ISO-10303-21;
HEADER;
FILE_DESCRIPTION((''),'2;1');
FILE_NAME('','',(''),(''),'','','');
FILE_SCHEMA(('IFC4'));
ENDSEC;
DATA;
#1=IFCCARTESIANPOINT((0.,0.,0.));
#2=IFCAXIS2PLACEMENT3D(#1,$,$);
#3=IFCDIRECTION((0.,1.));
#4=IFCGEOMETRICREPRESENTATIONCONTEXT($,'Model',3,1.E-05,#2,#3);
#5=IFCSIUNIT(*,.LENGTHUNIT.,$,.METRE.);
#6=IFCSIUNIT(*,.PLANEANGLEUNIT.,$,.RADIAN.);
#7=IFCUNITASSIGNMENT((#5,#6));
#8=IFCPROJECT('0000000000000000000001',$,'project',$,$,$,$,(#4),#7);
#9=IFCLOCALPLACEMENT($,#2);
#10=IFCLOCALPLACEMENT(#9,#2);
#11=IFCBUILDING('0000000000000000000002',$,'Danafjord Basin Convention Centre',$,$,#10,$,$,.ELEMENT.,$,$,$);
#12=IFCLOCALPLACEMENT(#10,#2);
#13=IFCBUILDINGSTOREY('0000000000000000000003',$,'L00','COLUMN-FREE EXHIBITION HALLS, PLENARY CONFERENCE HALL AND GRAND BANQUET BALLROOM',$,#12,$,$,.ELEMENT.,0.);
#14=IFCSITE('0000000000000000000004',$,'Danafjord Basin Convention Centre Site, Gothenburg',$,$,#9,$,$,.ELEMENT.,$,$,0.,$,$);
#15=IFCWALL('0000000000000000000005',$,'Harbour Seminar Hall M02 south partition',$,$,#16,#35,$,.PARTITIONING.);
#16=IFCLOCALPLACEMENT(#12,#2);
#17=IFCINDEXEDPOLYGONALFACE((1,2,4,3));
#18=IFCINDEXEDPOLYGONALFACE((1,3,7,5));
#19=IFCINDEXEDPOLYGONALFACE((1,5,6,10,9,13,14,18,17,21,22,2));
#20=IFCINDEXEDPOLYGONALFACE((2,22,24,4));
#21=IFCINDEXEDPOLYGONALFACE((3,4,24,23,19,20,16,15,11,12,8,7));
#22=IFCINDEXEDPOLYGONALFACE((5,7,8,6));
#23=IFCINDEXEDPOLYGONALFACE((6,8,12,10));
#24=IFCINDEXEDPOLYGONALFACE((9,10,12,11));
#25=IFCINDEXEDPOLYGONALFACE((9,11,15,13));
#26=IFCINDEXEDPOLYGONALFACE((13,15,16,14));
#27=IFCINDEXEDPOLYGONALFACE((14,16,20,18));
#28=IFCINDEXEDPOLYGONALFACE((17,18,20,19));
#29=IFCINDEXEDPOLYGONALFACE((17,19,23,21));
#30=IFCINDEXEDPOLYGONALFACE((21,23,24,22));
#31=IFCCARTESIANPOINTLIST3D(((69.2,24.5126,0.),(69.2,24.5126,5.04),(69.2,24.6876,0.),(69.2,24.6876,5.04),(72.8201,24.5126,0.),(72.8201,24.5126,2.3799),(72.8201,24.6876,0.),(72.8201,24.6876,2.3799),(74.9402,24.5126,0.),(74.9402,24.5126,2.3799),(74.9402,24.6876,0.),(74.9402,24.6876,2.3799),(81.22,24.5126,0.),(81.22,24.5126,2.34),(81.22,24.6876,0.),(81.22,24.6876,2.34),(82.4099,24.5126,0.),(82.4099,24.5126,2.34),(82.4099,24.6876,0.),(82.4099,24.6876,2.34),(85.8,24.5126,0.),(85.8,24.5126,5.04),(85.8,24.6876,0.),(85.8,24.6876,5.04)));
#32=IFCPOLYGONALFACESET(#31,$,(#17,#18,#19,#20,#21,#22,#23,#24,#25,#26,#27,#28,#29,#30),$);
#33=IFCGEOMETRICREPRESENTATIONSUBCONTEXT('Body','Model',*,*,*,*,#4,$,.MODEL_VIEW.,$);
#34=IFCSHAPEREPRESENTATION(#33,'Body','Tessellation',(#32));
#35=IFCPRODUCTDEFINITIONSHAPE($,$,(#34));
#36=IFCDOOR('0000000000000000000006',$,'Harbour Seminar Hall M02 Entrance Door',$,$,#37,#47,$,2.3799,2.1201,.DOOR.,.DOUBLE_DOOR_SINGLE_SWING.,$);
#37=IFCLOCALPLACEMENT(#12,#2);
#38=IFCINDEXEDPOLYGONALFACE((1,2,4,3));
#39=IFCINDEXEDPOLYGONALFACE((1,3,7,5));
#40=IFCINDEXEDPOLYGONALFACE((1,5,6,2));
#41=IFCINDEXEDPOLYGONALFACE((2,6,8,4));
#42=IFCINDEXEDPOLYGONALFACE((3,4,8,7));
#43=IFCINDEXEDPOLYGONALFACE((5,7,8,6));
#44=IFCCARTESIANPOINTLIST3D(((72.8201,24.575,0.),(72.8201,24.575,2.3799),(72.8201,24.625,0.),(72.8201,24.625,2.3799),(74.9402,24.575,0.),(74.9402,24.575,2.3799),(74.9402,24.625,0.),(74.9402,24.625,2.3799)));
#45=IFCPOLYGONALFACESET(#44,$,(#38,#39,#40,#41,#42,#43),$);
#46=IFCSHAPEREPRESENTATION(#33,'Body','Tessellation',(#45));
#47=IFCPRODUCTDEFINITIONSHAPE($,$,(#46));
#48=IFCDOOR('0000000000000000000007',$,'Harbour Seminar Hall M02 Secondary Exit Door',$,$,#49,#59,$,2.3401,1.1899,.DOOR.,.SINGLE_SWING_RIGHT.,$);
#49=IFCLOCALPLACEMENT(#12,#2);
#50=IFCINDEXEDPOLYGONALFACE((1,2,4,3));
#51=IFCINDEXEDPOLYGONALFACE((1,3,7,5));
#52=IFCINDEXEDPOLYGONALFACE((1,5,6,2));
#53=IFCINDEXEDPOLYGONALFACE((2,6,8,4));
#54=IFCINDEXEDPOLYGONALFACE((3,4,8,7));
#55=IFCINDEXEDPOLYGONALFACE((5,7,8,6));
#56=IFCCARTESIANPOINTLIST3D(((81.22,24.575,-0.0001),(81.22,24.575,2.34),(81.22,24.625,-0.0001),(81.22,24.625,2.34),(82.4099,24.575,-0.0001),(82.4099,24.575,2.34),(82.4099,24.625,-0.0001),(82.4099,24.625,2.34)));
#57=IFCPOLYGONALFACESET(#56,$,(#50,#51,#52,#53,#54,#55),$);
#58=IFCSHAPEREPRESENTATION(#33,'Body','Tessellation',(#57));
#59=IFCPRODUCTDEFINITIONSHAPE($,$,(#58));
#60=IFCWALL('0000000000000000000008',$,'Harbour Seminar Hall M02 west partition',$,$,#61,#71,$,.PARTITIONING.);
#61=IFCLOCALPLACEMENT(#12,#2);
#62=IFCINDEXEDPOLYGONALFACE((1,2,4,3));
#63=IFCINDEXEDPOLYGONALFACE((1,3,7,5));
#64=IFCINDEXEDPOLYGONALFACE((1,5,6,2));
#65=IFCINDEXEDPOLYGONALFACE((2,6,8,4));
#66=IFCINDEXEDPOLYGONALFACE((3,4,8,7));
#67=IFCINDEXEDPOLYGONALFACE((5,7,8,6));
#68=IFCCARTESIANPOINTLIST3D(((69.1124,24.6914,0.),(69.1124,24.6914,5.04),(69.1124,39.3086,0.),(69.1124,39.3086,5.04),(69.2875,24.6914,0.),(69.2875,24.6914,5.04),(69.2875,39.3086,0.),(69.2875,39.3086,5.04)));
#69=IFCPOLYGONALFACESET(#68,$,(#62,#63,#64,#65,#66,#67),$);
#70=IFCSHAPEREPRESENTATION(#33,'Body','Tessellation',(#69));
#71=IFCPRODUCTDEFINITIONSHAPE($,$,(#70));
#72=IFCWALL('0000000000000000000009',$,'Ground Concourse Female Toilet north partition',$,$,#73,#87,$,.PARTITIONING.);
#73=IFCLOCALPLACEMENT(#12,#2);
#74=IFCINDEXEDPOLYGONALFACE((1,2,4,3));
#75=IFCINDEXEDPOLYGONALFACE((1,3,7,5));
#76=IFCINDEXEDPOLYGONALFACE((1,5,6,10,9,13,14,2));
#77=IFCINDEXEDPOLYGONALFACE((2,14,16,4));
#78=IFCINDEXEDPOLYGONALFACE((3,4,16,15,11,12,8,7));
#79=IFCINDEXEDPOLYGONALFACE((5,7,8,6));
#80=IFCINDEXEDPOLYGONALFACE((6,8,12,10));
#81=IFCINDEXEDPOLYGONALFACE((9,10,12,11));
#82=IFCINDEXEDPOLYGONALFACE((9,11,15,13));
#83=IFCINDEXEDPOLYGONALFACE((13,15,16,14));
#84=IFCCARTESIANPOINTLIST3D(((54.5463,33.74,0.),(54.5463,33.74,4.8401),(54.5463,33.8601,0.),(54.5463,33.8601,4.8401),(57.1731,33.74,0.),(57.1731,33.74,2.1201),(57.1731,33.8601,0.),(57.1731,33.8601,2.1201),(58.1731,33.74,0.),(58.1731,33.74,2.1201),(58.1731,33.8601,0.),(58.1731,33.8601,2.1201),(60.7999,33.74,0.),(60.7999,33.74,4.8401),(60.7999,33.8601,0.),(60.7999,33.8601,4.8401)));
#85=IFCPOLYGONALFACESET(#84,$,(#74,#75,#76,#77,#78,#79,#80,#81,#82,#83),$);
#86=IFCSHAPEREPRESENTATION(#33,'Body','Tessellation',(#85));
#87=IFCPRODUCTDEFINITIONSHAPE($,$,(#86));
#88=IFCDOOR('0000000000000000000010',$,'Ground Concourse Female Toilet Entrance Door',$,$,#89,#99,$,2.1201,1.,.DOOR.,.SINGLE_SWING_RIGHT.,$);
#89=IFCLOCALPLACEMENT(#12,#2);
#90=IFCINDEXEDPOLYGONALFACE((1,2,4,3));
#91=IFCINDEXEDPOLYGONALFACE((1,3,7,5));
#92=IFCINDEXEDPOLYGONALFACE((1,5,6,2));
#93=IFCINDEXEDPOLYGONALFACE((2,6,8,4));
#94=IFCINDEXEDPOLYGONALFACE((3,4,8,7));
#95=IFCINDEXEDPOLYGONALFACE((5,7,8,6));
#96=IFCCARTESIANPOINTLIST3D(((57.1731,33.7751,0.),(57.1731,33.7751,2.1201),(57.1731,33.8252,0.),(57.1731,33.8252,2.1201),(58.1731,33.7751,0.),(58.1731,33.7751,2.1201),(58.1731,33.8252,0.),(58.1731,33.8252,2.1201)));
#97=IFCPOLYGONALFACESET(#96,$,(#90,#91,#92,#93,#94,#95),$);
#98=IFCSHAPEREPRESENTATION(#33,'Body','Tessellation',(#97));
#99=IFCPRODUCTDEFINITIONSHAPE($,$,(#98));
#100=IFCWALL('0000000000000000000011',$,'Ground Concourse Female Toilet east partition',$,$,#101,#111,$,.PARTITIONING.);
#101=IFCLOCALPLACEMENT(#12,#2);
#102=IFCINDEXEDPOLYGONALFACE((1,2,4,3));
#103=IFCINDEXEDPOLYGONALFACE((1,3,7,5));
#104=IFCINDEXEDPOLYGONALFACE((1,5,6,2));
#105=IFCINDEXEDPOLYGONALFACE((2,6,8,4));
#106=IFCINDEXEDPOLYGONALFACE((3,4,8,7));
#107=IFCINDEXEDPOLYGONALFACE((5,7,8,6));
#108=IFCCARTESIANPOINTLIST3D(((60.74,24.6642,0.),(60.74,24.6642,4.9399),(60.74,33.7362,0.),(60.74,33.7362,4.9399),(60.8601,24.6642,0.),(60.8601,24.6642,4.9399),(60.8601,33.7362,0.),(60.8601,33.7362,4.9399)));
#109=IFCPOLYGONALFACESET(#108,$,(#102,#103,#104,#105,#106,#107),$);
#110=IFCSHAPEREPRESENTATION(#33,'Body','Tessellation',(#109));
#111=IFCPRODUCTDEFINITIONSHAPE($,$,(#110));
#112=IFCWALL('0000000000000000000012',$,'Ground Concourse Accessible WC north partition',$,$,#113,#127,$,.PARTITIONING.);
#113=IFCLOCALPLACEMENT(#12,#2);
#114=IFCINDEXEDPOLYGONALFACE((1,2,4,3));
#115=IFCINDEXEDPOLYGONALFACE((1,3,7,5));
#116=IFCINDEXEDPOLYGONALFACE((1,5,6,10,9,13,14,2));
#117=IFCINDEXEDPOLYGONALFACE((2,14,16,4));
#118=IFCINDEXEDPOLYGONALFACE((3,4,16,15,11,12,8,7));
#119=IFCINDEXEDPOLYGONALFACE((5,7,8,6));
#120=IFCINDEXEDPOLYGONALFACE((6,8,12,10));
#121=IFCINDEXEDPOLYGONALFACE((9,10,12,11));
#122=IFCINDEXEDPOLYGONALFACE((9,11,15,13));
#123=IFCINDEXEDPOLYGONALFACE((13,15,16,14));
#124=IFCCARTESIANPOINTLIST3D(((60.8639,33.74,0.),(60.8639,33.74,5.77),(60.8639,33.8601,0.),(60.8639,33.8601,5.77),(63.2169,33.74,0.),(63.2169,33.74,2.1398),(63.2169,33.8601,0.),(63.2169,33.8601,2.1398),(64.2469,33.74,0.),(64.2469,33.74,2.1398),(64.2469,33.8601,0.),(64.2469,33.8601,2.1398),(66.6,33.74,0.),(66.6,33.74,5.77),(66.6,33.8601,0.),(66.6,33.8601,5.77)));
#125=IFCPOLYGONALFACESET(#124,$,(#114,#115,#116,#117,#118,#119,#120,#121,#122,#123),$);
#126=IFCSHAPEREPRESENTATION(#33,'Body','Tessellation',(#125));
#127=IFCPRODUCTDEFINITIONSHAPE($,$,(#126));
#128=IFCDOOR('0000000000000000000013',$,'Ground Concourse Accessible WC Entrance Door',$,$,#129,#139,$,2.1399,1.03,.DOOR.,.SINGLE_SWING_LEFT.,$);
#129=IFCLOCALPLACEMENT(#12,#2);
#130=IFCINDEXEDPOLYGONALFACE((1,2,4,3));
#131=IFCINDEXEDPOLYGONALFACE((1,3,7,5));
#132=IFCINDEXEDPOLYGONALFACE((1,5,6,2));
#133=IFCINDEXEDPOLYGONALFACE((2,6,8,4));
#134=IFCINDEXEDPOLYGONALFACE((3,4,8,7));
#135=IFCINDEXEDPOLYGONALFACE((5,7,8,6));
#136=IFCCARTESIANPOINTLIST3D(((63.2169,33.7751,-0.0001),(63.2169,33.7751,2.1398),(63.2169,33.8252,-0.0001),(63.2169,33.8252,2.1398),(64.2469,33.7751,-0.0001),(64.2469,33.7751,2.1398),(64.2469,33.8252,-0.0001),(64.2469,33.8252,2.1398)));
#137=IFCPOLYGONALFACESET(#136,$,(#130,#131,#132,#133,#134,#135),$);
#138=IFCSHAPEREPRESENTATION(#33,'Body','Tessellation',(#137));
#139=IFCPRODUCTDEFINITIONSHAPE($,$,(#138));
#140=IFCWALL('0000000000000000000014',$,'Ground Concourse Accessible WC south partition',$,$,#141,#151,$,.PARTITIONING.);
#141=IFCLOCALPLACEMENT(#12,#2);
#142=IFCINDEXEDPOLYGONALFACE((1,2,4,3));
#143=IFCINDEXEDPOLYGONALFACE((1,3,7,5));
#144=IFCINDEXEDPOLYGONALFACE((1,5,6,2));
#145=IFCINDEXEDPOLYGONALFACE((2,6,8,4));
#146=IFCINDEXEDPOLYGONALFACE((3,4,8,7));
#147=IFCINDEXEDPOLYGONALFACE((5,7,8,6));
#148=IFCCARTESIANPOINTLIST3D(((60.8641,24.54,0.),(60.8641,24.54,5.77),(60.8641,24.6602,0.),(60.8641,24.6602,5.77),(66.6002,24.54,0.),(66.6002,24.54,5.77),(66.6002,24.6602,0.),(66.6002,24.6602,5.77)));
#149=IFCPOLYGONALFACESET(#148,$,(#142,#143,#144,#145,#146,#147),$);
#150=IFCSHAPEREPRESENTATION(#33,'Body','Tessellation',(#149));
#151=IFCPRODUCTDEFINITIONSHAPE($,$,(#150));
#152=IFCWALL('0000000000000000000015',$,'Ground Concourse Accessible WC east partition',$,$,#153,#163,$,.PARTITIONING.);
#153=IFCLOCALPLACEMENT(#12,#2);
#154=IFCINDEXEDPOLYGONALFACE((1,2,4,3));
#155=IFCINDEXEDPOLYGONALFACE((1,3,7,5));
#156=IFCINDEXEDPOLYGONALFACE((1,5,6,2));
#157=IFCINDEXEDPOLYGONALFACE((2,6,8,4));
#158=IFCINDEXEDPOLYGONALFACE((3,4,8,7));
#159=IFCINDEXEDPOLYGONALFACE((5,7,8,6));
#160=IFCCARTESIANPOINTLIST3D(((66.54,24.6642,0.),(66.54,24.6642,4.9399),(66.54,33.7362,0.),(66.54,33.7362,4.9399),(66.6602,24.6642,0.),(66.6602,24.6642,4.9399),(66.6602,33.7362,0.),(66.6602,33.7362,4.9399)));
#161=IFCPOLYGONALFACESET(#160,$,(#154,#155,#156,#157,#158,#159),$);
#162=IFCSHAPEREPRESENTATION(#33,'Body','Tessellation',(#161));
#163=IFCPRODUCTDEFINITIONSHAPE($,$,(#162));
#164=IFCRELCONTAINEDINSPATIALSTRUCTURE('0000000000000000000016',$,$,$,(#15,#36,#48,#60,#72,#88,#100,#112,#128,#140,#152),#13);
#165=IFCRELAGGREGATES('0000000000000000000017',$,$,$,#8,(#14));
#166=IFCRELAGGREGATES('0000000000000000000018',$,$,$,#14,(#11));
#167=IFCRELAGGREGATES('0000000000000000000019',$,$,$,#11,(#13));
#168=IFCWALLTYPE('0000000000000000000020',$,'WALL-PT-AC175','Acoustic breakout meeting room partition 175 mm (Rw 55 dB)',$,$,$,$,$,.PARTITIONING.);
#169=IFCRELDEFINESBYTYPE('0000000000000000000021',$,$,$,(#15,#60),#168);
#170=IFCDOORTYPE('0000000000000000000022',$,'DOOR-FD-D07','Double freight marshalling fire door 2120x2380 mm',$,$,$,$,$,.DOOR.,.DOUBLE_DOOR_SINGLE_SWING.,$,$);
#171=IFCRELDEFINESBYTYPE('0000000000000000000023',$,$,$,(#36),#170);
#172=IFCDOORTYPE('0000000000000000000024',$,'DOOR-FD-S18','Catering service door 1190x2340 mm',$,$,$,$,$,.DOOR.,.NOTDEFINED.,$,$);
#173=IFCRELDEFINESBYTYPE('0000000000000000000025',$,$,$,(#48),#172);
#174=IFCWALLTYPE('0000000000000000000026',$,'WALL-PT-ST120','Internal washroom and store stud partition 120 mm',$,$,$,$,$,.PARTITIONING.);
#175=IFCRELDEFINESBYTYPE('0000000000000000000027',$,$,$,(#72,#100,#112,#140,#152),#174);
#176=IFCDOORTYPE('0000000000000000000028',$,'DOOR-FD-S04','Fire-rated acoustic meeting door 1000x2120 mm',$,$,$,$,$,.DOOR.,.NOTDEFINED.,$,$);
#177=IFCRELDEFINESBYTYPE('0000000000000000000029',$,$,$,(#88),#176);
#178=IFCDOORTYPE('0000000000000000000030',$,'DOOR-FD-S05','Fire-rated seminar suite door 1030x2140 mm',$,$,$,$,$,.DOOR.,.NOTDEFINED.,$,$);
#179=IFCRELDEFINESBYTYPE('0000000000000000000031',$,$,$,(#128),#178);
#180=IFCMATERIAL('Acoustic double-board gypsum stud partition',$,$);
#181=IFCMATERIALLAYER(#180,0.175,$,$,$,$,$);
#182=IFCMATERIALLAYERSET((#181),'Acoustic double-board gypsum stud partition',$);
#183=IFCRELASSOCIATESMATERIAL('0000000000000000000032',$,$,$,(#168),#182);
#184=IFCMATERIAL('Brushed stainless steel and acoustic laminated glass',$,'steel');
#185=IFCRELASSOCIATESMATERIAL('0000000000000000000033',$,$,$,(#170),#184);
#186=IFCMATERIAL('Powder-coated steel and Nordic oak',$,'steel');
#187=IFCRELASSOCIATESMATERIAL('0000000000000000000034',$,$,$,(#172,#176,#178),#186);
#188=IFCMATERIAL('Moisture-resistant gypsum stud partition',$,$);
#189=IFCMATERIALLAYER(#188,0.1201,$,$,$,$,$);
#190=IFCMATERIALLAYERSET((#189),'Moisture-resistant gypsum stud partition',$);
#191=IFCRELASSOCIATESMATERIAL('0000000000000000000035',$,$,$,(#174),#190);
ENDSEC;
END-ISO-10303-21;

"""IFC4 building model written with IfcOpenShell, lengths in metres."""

from ifc_helpers import new_model, si_unit, direction, frame, frame_2d, origin, place, context, subcontext, project, spatial, rectangle, extrude, material, layer, layer_set, type_object, element, fill, save


model = new_model("IFC4")

# Units and contexts
model_context = context("Model", 3, precision=1e-05, world=origin(), true_north=direction((0.0, 1.0)))
body_context = subcontext(model_context, "Body", "Model", "MODEL_VIEW")
ifc_project = project(units=[si_unit("LENGTHUNIT", "METRE"), si_unit("PLANEANGLEUNIT", "RADIAN")], contexts=[model_context])

# Site, building, storey
site_placement = place(None, origin())
site = spatial("IfcSite", under=ifc_project, at=site_placement, Name="Danafjord Basin Convention Centre Site, Gothenburg", CompositionType="ELEMENT", RefElevation=0.0)
building_placement = place(site_placement, origin())
building = spatial("IfcBuilding", under=site, at=building_placement, Name="Danafjord Basin Convention Centre", CompositionType="ELEMENT")
storey_placement = place(building_placement, origin())
storey = spatial("IfcBuildingStorey", under=building, at=storey_placement, Name="L00", Description="COLUMN-FREE EXHIBITION HALLS, PLENARY CONFERENCE HALL AND GRAND BANQUET BALLROOM", CompositionType="ELEMENT", Elevation=0.0)

# Wall, openings, doors
ifc_material_1 = material(Name="Acoustic double-board gypsum stud partition")
ifc_layer_1 = layer(ifc_material_1, 0.175)
ifc_layer_set_1 = layer_set([ifc_layer_1], Name="Acoustic double-board gypsum stud partition")
wall_type_1 = type_object("IfcWallType", Name="WALL-PT-AC175", Description="Acoustic breakout meeting room partition 175 mm (Rw 55 dB)", PredefinedType="PARTITIONING", material=ifc_layer_set_1)
wall_1_placement = place(storey_placement, frame((69.2, 24.6001, 0.0), z_axis=(0.0, 0.0, 1.0), x_axis=(1.0, 0.0, 0.0)))
wall_1 = element("IfcWall", 1, at=wall_1_placement, inside=storey, type_object=wall_type_1, Name="Harbour Seminar Hall M02 south partition", PredefinedType="PARTITIONING", context=body_context, shape_type="SweptSolid", body=[
    extrude(rectangle(XDim=16.6001, YDim=0.175, at=frame_2d((8.3, 0.0))), origin(), (0.0, 0.0, 1.0), 5.04),
])
opening_1_placement = place(wall_1_placement, frame((3.6201, 0.0, 0.0)))
opening_1 = element("IfcOpeningElement", 2, at=opening_1_placement, cuts=wall_1, PredefinedType="OPENING", context=body_context, shape_type="SweptSolid", body=[
    extrude(rectangle(XDim=2.1201, YDim=2.3799, at=frame_2d((1.0601, 1.1899))), frame((0.0, 0.0974, 0.0), z_axis=(0.0, -1.0, 0.0), x_axis=(1.0, 0.0, 0.0)), (0.0, 0.0, 1.0), 0.1951),
])
opening_2_placement = place(wall_1_placement, frame((12.02, 0.0, 0.0)))
opening_2 = element("IfcOpeningElement", 3, at=opening_2_placement, cuts=wall_1, PredefinedType="OPENING", context=body_context, shape_type="SweptSolid", body=[
    extrude(rectangle(XDim=1.1899, YDim=2.3401, at=frame_2d((0.595, 1.1699))), frame((0.0, 0.0974, 0.0), z_axis=(0.0, -1.0, 0.0), x_axis=(1.0, 0.0, 0.0)), (0.0, 0.0, 1.0), 0.1951),
])
ifc_material_2 = material(Name="Brushed stainless steel and acoustic laminated glass", Category="steel")
door_type_1 = type_object("IfcDoorType", Name="DOOR-FD-D07", Description="Double freight marshalling fire door 2120x2380 mm", OperationType="DOUBLE_DOOR_SINGLE_SWING", PredefinedType="DOOR", material=ifc_material_2)
door_1_placement = place(opening_1_placement, origin())
door_1 = element("IfcDoor", 4, at=door_1_placement, inside=storey, type_object=door_type_1, Name="Harbour Seminar Hall M02 Entrance Door", OperationType="DOUBLE_DOOR_SINGLE_SWING", OverallHeight=2.3799, OverallWidth=2.1201, PredefinedType="DOOR", context=body_context, shape_type="SweptSolid", body=[
    extrude(rectangle(XDim=2.1201, YDim=2.3799, at=frame_2d((1.0601, 1.1899))), frame((0.0, 0.0249, 0.0), z_axis=(0.0, -1.0, 0.0), x_axis=(1.0, 0.0, 0.0)), (0.0, 0.0, 1.0), 0.05),
])
fill(opening_1, door_1)
ifc_material_3 = material(Name="Powder-coated steel and Nordic oak", Category="steel")
door_type_2 = type_object("IfcDoorType", Name="DOOR-FD-S18", Description="Catering service door 1190x2340 mm", OperationType="NOTDEFINED", PredefinedType="DOOR", material=ifc_material_3)
door_2_placement = place(opening_2_placement, origin())
door_2 = element("IfcDoor", 5, at=door_2_placement, inside=storey, type_object=door_type_2, Name="Harbour Seminar Hall M02 Secondary Exit Door", OperationType="SINGLE_SWING_RIGHT", OverallHeight=2.3401, OverallWidth=1.1899, PredefinedType="DOOR", context=body_context, shape_type="SweptSolid", body=[
    extrude(rectangle(XDim=1.1899, YDim=2.3401, at=frame_2d((0.595, 1.1699))), frame((0.0, 0.0249, 0.0), z_axis=(0.0, -1.0, 0.0), x_axis=(1.0, 0.0, 0.0)), (0.0, 0.0, 1.0), 0.05),
])
fill(opening_2, door_2)

# Wall
wall_2_placement = place(storey_placement, frame((69.2, 39.3086, 0.0), z_axis=(0.0, 0.0, 1.0), x_axis=(0.0, -1.0, 0.0)))
element("IfcWall", 6, at=wall_2_placement, inside=storey, type_object=wall_type_1, Name="Harbour Seminar Hall M02 west partition", PredefinedType="PARTITIONING", context=body_context, shape_type="SweptSolid", body=[
    extrude(rectangle(XDim=14.6172, YDim=0.175, at=frame_2d((7.3086, 0.0))), origin(), (0.0, 0.0, 1.0), 5.04),
])

# Wall, opening, door
ifc_material_4 = material(Name="Moisture-resistant gypsum stud partition")
ifc_layer_2 = layer(ifc_material_4, 0.1201)
ifc_layer_set_2 = layer_set([ifc_layer_2], Name="Moisture-resistant gypsum stud partition")
wall_type_2 = type_object("IfcWallType", Name="WALL-PT-ST120", Description="Internal washroom and store stud partition 120 mm", PredefinedType="PARTITIONING", material=ifc_layer_set_2)
wall_3_placement = place(storey_placement, frame((60.8, 33.8, 0.0), z_axis=(0.0, 0.0, 1.0), x_axis=(-1.0, 0.0, 0.0)))
wall_3 = element("IfcWall", 7, at=wall_3_placement, inside=storey, type_object=wall_type_2, Name="Ground Concourse Female Toilet north partition", PredefinedType="PARTITIONING", context=body_context, shape_type="SweptSolid", body=[
    extrude(rectangle(XDim=6.2537, YDim=0.1201, at=frame_2d((3.127, 0.0))), origin(), (0.0, 0.0, 1.0), 4.8401),
])
opening_3_placement = place(wall_3_placement, frame((2.627, 0.0, 0.0)))
opening_3 = element("IfcOpeningElement", 8, at=opening_3_placement, cuts=wall_3, PredefinedType="OPENING", context=body_context, shape_type="SweptSolid", body=[
    extrude(rectangle(XDim=1.0, YDim=2.1201, at=frame_2d((0.5, 1.0601))), frame((0.0, 0.0701, 0.0), z_axis=(0.0, -1.0, 0.0), x_axis=(1.0, 0.0, 0.0)), (0.0, 0.0, 1.0), 0.1401),
])
door_type_3 = type_object("IfcDoorType", Name="DOOR-FD-S04", Description="Fire-rated acoustic meeting door 1000x2120 mm", OperationType="NOTDEFINED", PredefinedType="DOOR", material=ifc_material_3)
door_3_placement = place(opening_3_placement, origin())
door_3 = element("IfcDoor", 9, at=door_3_placement, inside=storey, type_object=door_type_3, Name="Ground Concourse Female Toilet Entrance Door", OperationType="SINGLE_SWING_RIGHT", OverallHeight=2.1201, OverallWidth=1.0, PredefinedType="DOOR", context=body_context, shape_type="SweptSolid", body=[
    extrude(rectangle(XDim=1.0, YDim=2.1201, at=frame_2d((0.5, 1.0601))), frame((0.0, 0.0249, 0.0), z_axis=(0.0, -1.0, 0.0), x_axis=(1.0, 0.0, 0.0)), (0.0, 0.0, 1.0), 0.05),
])
fill(opening_3, door_3)

# Wall
wall_4_placement = place(storey_placement, frame((60.8, 24.6641, 0.0), z_axis=(0.0, 0.0, 1.0), x_axis=(0.0, 1.0, 0.0)))
element("IfcWall", 10, at=wall_4_placement, inside=storey, type_object=wall_type_2, Name="Ground Concourse Female Toilet east partition", PredefinedType="PARTITIONING", context=body_context, shape_type="SweptSolid", body=[
    extrude(rectangle(XDim=9.072, YDim=0.1201, at=frame_2d((4.5361, 0.0))), origin(), (0.0, 0.0, 1.0), 4.9399),
])

# Wall, opening, door
wall_5_placement = place(storey_placement, frame((66.6001, 33.8, 0.0), z_axis=(0.0, 0.0, 1.0), x_axis=(-1.0, 0.0, 0.0)))
wall_5 = element("IfcWall", 11, at=wall_5_placement, inside=storey, type_object=wall_type_2, Name="Ground Concourse Accessible WC north partition", PredefinedType="PARTITIONING", context=body_context, shape_type="SweptSolid", body=[
    extrude(rectangle(XDim=5.7361, YDim=0.1201, at=frame_2d((2.8682, 0.0))), origin(), (0.0, 0.0, 1.0), 5.77),
])
opening_4_placement = place(wall_5_placement, frame((2.353, 0.0, 0.0)))
opening_4 = element("IfcOpeningElement", 12, at=opening_4_placement, cuts=wall_5, PredefinedType="OPENING", context=body_context, shape_type="SweptSolid", body=[
    extrude(rectangle(XDim=1.03, YDim=2.1399, at=frame_2d((0.5151, 1.0698))), frame((0.0, 0.0701, 0.0), z_axis=(0.0, -1.0, 0.0), x_axis=(1.0, 0.0, 0.0)), (0.0, 0.0, 1.0), 0.1401),
])
door_type_4 = type_object("IfcDoorType", Name="DOOR-FD-S05", Description="Fire-rated seminar suite door 1030x2140 mm", OperationType="NOTDEFINED", PredefinedType="DOOR", material=ifc_material_3)
door_4_placement = place(opening_4_placement, origin())
door_4 = element("IfcDoor", 13, at=door_4_placement, inside=storey, type_object=door_type_4, Name="Ground Concourse Accessible WC Entrance Door", OperationType="SINGLE_SWING_LEFT", OverallHeight=2.1399, OverallWidth=1.03, PredefinedType="DOOR", context=body_context, shape_type="SweptSolid", body=[
    extrude(rectangle(XDim=1.03, YDim=2.1399, at=frame_2d((0.5151, 1.0698))), frame((0.0, 0.0249, 0.0), z_axis=(0.0, -1.0, 0.0), x_axis=(1.0, 0.0, 0.0)), (0.0, 0.0, 1.0), 0.05),
])
fill(opening_4, door_4)

# Walls
wall_6_placement = place(storey_placement, frame((60.864, 24.6001, 0.0), z_axis=(0.0, 0.0, 1.0), x_axis=(1.0, 0.0, 0.0)))
element("IfcWall", 14, at=wall_6_placement, inside=storey, type_object=wall_type_2, Name="Ground Concourse Accessible WC south partition", PredefinedType="PARTITIONING", context=body_context, shape_type="SweptSolid", body=[
    extrude(rectangle(XDim=5.7361, YDim=0.1201, at=frame_2d((2.8682, 0.0))), origin(), (0.0, 0.0, 1.0), 5.77),
])
wall_7_placement = place(storey_placement, frame((66.6001, 24.6641, 0.0), z_axis=(0.0, 0.0, 1.0), x_axis=(0.0, 1.0, 0.0)))
element("IfcWall", 15, at=wall_7_placement, inside=storey, type_object=wall_type_2, Name="Ground Concourse Accessible WC east partition", PredefinedType="PARTITIONING", context=body_context, shape_type="SweptSolid", body=[
    extrude(rectangle(XDim=9.072, YDim=0.1201, at=frame_2d((4.5361, 0.0))), origin(), (0.0, 0.0, 1.0), 4.9399),
])

save(model, "model.ifc")
